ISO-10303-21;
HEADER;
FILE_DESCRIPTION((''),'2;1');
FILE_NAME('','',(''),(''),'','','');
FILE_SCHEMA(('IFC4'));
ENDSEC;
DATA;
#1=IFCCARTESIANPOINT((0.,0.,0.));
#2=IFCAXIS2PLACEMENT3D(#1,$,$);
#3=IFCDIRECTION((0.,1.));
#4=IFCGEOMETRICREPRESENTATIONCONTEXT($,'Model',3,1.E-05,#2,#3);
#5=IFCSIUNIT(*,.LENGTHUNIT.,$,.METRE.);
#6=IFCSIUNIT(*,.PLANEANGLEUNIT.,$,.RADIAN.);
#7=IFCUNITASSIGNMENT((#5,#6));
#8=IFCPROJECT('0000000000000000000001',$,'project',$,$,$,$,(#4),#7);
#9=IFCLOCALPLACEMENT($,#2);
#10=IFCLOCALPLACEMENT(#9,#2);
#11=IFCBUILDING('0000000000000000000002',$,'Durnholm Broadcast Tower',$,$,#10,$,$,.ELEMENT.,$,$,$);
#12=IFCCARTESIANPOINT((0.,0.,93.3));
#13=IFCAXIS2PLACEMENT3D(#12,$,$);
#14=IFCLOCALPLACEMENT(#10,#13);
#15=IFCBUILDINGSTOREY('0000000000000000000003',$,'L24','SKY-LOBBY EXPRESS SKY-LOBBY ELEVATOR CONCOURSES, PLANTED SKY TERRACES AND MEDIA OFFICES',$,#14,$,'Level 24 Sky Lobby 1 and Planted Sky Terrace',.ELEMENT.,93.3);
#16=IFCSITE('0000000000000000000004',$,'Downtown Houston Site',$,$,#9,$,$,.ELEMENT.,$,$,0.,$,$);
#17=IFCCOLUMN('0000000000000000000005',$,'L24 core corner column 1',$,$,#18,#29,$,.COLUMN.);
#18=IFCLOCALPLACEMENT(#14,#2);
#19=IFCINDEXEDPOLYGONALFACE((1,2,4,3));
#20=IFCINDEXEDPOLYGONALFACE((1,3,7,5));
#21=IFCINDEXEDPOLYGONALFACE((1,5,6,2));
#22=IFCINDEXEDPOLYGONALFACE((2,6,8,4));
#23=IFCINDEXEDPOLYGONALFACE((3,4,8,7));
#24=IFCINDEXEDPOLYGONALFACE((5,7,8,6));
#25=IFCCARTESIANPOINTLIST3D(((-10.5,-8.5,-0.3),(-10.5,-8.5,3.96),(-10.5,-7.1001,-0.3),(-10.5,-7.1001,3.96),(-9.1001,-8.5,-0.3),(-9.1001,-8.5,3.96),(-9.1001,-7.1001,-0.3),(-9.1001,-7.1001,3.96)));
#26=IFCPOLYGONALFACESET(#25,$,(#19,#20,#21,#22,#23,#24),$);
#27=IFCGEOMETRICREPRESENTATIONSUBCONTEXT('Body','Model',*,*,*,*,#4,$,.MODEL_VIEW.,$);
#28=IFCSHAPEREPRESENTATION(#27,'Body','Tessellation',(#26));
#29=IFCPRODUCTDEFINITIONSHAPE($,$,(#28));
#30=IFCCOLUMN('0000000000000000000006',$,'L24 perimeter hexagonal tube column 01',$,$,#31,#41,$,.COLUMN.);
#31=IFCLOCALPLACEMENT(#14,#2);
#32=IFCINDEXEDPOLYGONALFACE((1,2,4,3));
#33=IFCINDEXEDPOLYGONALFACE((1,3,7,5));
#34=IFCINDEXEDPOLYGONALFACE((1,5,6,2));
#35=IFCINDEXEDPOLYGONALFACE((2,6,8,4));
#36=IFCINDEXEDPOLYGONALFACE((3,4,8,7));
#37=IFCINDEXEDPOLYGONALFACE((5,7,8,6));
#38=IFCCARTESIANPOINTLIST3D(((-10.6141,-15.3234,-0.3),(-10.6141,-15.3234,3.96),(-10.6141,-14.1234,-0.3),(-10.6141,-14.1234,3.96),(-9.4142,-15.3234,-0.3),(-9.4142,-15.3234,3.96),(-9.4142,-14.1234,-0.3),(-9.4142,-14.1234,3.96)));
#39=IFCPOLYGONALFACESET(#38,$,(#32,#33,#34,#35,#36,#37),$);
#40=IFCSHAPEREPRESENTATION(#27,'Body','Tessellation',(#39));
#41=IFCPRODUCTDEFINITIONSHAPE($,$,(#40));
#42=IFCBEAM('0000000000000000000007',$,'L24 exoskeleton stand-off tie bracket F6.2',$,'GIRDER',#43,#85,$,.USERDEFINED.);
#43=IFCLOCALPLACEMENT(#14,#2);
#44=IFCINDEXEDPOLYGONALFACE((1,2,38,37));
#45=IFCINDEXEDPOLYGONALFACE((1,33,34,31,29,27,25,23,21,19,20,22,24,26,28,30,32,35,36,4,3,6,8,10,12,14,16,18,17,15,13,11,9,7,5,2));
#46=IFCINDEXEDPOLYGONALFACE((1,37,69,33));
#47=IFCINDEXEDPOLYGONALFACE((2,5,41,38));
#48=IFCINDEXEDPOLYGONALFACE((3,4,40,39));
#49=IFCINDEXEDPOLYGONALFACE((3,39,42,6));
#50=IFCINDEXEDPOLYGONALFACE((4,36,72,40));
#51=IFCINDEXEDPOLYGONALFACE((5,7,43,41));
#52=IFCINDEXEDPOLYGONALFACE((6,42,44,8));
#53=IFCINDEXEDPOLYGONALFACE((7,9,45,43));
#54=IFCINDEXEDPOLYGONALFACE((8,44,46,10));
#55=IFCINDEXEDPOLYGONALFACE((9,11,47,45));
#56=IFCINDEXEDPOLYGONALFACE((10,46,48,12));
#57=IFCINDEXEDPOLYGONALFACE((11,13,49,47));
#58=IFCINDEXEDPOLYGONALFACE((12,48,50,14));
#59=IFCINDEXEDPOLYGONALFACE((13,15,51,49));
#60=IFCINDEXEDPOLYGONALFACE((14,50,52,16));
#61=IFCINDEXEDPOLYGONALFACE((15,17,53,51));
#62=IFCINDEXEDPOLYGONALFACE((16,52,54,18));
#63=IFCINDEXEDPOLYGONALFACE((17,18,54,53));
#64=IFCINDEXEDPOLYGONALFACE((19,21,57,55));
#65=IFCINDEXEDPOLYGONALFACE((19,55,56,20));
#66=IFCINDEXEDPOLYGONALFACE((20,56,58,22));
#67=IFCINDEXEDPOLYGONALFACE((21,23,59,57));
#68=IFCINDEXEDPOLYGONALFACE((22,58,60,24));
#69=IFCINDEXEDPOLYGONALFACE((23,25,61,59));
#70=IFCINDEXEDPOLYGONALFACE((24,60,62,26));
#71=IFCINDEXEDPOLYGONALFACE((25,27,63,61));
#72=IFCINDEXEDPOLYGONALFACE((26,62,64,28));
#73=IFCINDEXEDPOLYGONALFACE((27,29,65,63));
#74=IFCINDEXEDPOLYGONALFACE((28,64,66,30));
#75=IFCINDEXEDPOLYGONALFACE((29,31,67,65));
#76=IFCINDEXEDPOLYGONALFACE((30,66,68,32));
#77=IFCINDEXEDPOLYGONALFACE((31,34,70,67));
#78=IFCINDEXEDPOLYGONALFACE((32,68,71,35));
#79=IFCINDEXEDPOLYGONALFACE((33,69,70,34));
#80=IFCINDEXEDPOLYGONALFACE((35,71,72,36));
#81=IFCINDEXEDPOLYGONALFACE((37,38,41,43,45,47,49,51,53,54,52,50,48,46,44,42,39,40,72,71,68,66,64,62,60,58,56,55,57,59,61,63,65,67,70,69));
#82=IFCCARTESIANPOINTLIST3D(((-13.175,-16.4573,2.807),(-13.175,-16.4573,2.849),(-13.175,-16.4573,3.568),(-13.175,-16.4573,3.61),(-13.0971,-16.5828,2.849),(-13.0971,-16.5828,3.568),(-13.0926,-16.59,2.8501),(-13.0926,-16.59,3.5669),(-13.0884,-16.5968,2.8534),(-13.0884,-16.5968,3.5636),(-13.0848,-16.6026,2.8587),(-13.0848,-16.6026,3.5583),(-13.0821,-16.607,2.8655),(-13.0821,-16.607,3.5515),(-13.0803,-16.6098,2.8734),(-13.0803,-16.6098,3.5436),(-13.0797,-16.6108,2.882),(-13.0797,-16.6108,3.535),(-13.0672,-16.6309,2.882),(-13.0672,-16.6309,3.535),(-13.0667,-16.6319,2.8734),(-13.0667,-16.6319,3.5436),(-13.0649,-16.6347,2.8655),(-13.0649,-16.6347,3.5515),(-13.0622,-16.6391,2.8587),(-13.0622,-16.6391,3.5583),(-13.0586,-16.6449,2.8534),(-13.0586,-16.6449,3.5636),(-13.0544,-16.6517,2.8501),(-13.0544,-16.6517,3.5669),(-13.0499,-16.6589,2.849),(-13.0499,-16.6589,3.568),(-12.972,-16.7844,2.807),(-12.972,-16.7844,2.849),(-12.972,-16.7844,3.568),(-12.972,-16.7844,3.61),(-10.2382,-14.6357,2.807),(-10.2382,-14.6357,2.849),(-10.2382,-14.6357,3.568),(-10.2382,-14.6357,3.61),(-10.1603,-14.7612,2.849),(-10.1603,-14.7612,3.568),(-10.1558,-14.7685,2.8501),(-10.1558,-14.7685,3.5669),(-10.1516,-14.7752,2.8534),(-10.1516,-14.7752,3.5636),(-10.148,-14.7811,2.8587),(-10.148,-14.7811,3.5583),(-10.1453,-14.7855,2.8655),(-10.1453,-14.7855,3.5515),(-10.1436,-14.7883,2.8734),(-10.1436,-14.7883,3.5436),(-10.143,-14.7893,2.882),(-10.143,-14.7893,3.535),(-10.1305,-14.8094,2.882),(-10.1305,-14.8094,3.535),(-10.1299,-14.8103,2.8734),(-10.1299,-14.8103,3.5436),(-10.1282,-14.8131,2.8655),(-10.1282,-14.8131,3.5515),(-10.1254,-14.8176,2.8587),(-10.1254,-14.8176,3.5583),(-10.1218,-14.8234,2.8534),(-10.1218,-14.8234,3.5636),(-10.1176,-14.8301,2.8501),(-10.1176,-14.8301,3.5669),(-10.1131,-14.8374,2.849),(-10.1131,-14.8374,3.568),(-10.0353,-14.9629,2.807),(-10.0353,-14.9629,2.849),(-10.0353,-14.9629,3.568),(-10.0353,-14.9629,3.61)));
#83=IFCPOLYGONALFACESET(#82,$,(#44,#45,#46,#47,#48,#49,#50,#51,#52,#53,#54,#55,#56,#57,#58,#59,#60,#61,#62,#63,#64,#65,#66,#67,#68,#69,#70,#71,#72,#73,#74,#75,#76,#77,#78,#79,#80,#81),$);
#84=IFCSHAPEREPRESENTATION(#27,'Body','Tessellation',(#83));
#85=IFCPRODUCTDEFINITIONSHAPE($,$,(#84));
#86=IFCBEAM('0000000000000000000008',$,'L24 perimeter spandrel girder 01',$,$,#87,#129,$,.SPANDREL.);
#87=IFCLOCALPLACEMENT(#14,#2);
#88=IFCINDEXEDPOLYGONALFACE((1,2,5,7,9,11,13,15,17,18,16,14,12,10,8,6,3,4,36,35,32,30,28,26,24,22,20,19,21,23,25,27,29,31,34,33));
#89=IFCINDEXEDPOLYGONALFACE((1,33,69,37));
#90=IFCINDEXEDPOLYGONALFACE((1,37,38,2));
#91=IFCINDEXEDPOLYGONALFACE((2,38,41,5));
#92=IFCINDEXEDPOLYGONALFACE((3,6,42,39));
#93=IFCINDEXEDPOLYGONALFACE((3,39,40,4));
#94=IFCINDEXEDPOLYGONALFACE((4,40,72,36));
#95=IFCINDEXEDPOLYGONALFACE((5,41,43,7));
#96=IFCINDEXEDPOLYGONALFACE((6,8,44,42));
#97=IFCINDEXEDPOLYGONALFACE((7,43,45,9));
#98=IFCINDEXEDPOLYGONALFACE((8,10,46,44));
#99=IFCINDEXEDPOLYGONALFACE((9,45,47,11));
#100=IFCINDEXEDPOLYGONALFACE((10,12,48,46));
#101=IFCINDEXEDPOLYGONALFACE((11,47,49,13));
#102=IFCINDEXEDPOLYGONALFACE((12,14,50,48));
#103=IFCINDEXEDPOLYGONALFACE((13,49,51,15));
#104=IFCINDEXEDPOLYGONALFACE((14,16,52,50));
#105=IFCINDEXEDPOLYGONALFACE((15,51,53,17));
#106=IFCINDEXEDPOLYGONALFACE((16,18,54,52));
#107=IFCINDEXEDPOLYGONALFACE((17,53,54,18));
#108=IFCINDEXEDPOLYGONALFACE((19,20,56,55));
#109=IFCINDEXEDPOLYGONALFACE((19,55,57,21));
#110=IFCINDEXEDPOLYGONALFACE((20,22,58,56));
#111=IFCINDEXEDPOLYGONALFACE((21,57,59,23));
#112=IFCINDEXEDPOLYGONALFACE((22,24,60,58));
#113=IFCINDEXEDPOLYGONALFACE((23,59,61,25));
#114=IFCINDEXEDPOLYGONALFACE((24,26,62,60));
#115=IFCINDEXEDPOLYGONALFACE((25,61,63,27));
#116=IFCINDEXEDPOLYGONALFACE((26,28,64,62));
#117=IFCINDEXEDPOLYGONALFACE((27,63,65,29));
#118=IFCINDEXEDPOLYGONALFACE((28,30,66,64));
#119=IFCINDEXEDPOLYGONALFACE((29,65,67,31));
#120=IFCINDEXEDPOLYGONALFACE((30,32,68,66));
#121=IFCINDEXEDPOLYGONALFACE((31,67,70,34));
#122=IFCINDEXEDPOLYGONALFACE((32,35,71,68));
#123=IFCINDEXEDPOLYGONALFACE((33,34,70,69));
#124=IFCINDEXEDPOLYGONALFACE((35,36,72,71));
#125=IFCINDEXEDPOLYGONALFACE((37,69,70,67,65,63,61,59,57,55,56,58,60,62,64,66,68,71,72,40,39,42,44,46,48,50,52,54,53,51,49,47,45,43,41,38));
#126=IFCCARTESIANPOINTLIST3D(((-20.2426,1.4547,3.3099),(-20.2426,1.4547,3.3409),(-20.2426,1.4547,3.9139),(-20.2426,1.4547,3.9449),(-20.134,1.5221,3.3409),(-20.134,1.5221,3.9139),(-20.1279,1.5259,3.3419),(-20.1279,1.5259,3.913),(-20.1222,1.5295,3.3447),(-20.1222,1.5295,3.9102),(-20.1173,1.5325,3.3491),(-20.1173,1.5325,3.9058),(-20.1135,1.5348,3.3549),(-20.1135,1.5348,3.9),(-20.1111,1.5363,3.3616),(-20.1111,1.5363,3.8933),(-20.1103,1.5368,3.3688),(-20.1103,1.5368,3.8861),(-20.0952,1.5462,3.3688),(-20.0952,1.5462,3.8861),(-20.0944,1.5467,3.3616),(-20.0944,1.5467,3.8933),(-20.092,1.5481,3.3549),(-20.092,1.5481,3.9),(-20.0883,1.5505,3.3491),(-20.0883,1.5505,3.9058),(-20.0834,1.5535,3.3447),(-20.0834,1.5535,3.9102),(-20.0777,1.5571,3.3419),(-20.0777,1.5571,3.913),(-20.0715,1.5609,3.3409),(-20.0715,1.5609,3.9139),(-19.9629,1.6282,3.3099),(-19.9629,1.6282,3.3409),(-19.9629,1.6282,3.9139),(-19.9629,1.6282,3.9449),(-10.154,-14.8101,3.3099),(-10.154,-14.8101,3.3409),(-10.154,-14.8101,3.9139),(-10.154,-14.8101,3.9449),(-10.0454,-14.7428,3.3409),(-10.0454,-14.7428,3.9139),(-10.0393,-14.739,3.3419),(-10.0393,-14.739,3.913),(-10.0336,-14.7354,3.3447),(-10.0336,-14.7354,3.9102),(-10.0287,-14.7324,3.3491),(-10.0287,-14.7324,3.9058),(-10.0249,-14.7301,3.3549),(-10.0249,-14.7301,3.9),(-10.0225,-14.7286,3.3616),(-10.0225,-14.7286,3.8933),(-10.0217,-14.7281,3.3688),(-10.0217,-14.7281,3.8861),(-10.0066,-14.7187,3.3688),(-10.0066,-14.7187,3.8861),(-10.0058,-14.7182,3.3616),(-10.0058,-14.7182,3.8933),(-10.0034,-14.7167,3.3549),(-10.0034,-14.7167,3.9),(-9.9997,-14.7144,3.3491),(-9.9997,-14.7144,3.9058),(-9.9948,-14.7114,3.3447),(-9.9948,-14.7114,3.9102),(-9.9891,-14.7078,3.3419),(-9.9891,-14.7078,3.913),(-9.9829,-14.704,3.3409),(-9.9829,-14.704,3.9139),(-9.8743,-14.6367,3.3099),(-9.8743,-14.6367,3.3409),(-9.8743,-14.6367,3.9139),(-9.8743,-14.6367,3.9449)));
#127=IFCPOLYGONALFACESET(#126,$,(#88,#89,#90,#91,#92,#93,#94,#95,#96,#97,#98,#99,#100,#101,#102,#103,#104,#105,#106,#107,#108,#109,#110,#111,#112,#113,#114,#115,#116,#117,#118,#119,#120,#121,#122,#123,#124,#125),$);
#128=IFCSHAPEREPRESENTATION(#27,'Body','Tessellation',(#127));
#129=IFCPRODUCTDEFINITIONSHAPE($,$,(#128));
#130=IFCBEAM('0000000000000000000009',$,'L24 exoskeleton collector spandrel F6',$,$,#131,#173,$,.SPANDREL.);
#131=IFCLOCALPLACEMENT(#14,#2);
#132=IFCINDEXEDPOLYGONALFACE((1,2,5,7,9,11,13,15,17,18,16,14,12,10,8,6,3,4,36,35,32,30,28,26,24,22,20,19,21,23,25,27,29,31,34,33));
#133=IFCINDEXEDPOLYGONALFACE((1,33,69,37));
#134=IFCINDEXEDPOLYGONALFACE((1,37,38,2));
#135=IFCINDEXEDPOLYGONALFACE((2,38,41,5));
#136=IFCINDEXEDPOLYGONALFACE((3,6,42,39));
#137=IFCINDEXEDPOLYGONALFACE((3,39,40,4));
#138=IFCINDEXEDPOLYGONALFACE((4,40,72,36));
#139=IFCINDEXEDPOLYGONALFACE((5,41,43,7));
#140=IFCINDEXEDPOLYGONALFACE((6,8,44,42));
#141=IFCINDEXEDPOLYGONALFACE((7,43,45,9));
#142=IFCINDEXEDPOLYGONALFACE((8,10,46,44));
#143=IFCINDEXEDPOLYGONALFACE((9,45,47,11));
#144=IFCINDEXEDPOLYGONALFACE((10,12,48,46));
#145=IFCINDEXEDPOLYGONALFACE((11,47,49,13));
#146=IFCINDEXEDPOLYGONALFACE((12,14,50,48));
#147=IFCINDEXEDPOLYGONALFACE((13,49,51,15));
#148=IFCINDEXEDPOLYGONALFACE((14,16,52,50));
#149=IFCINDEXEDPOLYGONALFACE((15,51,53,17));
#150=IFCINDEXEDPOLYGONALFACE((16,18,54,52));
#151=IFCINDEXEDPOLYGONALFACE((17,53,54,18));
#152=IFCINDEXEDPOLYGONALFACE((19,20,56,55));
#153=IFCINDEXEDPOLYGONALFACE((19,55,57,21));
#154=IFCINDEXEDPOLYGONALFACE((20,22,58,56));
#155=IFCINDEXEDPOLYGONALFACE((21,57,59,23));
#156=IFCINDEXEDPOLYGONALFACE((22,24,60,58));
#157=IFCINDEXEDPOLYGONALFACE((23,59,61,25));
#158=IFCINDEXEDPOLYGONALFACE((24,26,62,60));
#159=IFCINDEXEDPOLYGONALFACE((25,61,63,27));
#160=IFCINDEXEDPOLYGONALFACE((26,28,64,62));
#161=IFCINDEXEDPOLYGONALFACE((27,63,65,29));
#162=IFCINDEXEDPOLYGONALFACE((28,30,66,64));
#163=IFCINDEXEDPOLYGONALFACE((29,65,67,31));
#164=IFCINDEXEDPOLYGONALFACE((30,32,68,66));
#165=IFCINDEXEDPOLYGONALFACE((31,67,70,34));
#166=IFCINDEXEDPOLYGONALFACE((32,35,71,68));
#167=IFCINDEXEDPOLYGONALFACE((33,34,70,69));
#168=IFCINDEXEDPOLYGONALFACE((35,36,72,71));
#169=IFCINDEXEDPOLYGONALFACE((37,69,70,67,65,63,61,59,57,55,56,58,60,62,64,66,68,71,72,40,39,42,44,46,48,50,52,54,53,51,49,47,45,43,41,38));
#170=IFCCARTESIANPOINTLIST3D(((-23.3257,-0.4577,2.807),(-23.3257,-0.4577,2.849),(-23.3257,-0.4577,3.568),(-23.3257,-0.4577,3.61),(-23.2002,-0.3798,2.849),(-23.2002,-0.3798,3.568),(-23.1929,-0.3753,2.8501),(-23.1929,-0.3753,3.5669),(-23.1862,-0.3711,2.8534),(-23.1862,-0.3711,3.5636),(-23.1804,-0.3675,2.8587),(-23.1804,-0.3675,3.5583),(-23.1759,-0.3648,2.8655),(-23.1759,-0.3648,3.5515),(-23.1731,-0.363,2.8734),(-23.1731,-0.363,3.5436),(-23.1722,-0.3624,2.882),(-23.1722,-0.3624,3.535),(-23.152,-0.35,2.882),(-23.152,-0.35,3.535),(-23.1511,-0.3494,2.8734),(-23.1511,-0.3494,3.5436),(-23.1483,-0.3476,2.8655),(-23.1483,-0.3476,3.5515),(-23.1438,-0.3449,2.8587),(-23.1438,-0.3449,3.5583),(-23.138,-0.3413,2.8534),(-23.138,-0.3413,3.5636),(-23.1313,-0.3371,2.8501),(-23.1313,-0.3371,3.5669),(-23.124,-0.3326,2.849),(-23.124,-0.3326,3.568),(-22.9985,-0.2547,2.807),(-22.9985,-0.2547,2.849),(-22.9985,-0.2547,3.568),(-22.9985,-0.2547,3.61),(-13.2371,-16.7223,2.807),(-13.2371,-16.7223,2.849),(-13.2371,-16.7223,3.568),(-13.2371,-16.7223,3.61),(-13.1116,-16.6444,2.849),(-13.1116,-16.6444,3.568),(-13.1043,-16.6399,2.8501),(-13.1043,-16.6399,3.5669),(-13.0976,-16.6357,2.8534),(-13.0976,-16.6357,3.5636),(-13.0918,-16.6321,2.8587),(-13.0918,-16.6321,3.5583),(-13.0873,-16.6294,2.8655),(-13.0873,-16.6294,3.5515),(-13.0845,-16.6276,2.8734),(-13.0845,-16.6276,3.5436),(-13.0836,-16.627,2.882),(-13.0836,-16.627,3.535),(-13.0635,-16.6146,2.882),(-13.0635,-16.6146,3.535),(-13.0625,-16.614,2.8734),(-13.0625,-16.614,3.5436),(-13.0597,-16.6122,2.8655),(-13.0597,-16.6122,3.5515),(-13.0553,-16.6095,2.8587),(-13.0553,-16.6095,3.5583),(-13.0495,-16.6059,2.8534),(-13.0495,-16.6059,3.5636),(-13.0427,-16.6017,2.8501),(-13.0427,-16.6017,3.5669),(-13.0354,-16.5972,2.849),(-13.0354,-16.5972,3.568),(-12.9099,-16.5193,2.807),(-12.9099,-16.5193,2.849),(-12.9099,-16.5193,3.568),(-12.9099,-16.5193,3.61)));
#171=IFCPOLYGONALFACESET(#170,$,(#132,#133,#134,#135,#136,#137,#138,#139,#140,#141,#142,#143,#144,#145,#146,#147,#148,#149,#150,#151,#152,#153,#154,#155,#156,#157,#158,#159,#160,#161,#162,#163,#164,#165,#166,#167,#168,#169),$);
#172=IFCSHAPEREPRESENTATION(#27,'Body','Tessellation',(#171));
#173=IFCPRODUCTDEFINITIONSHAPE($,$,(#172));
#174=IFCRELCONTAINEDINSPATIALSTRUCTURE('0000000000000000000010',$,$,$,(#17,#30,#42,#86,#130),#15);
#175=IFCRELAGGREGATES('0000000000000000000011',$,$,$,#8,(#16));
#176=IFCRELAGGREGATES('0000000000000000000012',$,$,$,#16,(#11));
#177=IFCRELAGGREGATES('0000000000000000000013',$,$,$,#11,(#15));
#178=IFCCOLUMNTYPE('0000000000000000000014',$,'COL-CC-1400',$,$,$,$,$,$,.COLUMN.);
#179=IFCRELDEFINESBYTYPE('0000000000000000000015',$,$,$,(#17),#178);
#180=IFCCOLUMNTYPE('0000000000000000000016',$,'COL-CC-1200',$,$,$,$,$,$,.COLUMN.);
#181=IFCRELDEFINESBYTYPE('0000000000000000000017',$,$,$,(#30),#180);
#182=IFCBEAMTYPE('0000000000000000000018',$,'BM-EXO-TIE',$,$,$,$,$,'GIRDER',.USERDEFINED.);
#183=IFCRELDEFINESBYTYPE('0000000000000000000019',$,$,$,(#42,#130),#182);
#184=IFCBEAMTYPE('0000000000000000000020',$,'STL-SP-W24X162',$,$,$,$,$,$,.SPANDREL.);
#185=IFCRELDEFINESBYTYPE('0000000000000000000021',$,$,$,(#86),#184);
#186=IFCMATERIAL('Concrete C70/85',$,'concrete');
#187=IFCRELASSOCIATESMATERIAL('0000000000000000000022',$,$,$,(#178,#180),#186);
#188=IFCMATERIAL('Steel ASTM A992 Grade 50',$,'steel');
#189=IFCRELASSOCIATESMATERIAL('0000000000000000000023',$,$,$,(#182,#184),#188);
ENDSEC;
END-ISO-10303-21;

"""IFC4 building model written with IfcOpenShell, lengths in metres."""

from ifc_helpers import new_model, si_unit, direction, frame, origin, origin_2d, place, context, subcontext, project, spatial, rectangle, i_section, extrude, source, transform, mapped, material, material_profile, profile_set, type_object, type_shapes, element, save


model = new_model("IFC4")

# Units and contexts
model_context = context("Model", 3, precision=1e-05, world=origin(), true_north=direction((0.0, 1.0)))
body_context = subcontext(model_context, "Body", "Model", "MODEL_VIEW")
ifc_project = project(units=[si_unit("LENGTHUNIT", "METRE"), si_unit("PLANEANGLEUNIT", "RADIAN")], contexts=[model_context])

# Site, building, storey
site_placement = place(None, origin())
site = spatial("IfcSite", under=ifc_project, at=site_placement, Name="Downtown Houston Site", CompositionType="ELEMENT", RefElevation=0.0)
building_placement = place(site_placement, origin())
building = spatial("IfcBuilding", under=site, at=building_placement, Name="Durnholm Broadcast Tower", CompositionType="ELEMENT")
storey_placement = place(building_placement, frame((0.0, 0.0, 93.3)))
storey = spatial("IfcBuildingStorey", under=building, at=storey_placement, Name="L24", Description="SKY-LOBBY EXPRESS SKY-LOBBY ELEVATOR CONCOURSES, PLANTED SKY TERRACES AND MEDIA OFFICES", LongName="Level 24 Sky Lobby 1 and Planted Sky Terrace", CompositionType="ELEMENT", Elevation=93.3)

# Columns
ifc_material_1 = material(Name="Concrete C70/85", Category="concrete")
ifc_material_profile_1 = material_profile(ifc_material_1, rectangle(XDim=1.3999, YDim=1.3999, at=origin_2d()), Name="RC1400X1400")
ifc_profile_set_1 = profile_set([ifc_material_profile_1], Name="Concrete C70/85")
column_type_1 = type_object("IfcColumnType", Name="COL-CC-1400", PredefinedType="COLUMN", material=ifc_profile_set_1)
shared_shape_1 = source(origin(), body_context, "Body", "SweptSolid", [
    extrude(rectangle(XDim=1.3999, YDim=1.3999, at=origin_2d()), origin(), (0.0, 0.0, 1.0), 4.26),
])
type_shapes(column_type_1, [shared_shape_1])
column_1_placement = place(storey_placement, frame((-9.8, -7.8, -0.3), z_axis=(0.0, 0.0, 1.0), x_axis=(1.0, 0.0, 0.0)))
element("IfcColumn", 1, at=column_1_placement, inside=storey, type_object=column_type_1, Name="L24 core corner column 1", PredefinedType="COLUMN", context=body_context, shape_type="MappedRepresentation", body=[
    mapped(shared_shape_1, transform((0.0, 0.0, 0.0), x_axis=(1.0, 0.0, 0.0), y_axis=(0.0, 1.0, 0.0), z_axis=(0.0, 0.0, 1.0), scale=1.0)),
])
ifc_material_profile_2 = material_profile(ifc_material_1, rectangle(XDim=1.2, YDim=1.2, at=origin_2d()), Name="RC1200X1200")
ifc_profile_set_2 = profile_set([ifc_material_profile_2], Name="Concrete C70/85")
column_type_2 = type_object("IfcColumnType", Name="COL-CC-1200", PredefinedType="COLUMN", material=ifc_profile_set_2)
shared_shape_2 = source(origin(), body_context, "Body", "SweptSolid", [
    extrude(rectangle(XDim=1.2, YDim=1.2, at=origin_2d()), origin(), (0.0, 0.0, 1.0), 4.26),
])
type_shapes(column_type_2, [shared_shape_2])
column_2_placement = place(storey_placement, frame((-10.0142, -14.7234, -0.3), z_axis=(0.0, 0.0, 1.0), x_axis=(1.0, 0.0, 0.0)))
element("IfcColumn", 2, at=column_2_placement, inside=storey, type_object=column_type_2, Name="L24 perimeter hexagonal tube column 01", PredefinedType="COLUMN", context=body_context, shape_type="MappedRepresentation", body=[
    mapped(shared_shape_2, transform((0.0, 0.0, 0.0), x_axis=(1.0, 0.0, 0.0), y_axis=(0.0, 1.0, 0.0), z_axis=(0.0, 0.0, 1.0), scale=1.0)),
])

# Beams
ifc_material_2 = material(Name="Steel ASTM A992 Grade 50", Category="steel")
ifc_material_profile_3 = material_profile(ifc_material_2, i_section(OverallWidth=0.385, OverallDepth=0.803, WebThickness=0.0237, FlangeThickness=0.042, FilletRadius=0.033, at=origin_2d()), Name="W30X261")
ifc_profile_set_3 = profile_set([ifc_material_profile_3], Name="Steel ASTM A992 Grade 50")
beam_type_1 = type_object("IfcBeamType", Name="BM-EXO-TIE", ElementType="GIRDER", PredefinedType="USERDEFINED", material=ifc_profile_set_3)
shared_shape_3 = source(origin(), body_context, "Body", "SweptSolid", [
    extrude(i_section(OverallWidth=0.385, OverallDepth=0.803, WebThickness=0.0237, FlangeThickness=0.042, FilletRadius=0.033, at=origin_2d()), origin(), (0.0, 0.0, 1.0), 3.4558),
])
beam_1_placement = place(storey_placement, frame((-10.1367, -14.7993, 3.2085), z_axis=(-0.849807, -0.527094, 0.0), x_axis=(0.527094, -0.849807, 0.0)))
element("IfcBeam", 3, at=beam_1_placement, inside=storey, type_object=beam_type_1, Name="L24 exoskeleton stand-off tie bracket F6.2", ObjectType="GIRDER", PredefinedType="USERDEFINED", context=body_context, shape_type="MappedRepresentation", body=[
    mapped(shared_shape_3, transform((0.0, 0.0, 0.0), x_axis=(1.0, 0.0, 0.0), y_axis=(0.0, 1.0, 0.0), z_axis=(0.0, 0.0, 1.0), scale=1.0)),
])
ifc_material_profile_4 = material_profile(ifc_material_2, i_section(OverallWidth=0.3291, OverallDepth=0.635, WebThickness=0.0178, FlangeThickness=0.031, FilletRadius=0.0278, at=origin_2d()), Name="W24X162")
ifc_profile_set_4 = profile_set([ifc_material_profile_4], Name="Steel ASTM A992 Grade 50")
beam_type_2 = type_object("IfcBeamType", Name="STL-SP-W24X162", PredefinedType="SPANDREL", material=ifc_profile_set_4)
shared_shape_4 = source(origin(), body_context, "Body", "SweptSolid", [
    extrude(i_section(OverallWidth=0.3291, OverallDepth=0.635, WebThickness=0.0178, FlangeThickness=0.031, FilletRadius=0.0278, at=origin_2d()), origin(), (0.0, 0.0, 1.0), 19.1396),
])
type_shapes(beam_type_2, [shared_shape_4])
beam_2_placement = place(storey_placement, frame((-10.0142, -14.7234, 3.6274), z_axis=(-0.527105, 0.8498, 0.0), x_axis=(-0.8498, -0.527105, 0.0)))
element("IfcBeam", 4, at=beam_2_placement, inside=storey, type_object=beam_type_2, Name="L24 perimeter spandrel girder 01", PredefinedType="SPANDREL", context=body_context, shape_type="MappedRepresentation", body=[
    mapped(shared_shape_4, transform((0.0, 0.0, 0.0), x_axis=(1.0, 0.0, 0.0), y_axis=(0.0, 1.0, 0.0), z_axis=(0.0, 0.0, 1.0), scale=1.0)),
])
shared_shape_5 = source(origin(), body_context, "Body", "SweptSolid", [
    extrude(i_section(OverallWidth=0.385, OverallDepth=0.803, WebThickness=0.0237, FlangeThickness=0.042, FilletRadius=0.033, at=origin_2d()), origin(), (0.0, 0.0, 1.0), 19.1394),
])
type_shapes(beam_type_1, [shared_shape_3, shared_shape_5])
beam_3_placement = place(storey_placement, frame((-23.1621, -0.3562, 3.2085), z_axis=(0.527111, -0.849796, 0.0), x_axis=(0.849796, 0.527111, 0.0)))
element("IfcBeam", 5, at=beam_3_placement, inside=storey, type_object=beam_type_1, Name="L24 exoskeleton collector spandrel F6", PredefinedType="SPANDREL", context=body_context, shape_type="MappedRepresentation", body=[
    mapped(shared_shape_5, transform((0.0, 0.0, 0.0), x_axis=(1.0, 0.0, 0.0), y_axis=(0.0, 1.0, 0.0), z_axis=(0.0, 0.0, 1.0), scale=1.0)),
])

save(model, "model.ifc")
